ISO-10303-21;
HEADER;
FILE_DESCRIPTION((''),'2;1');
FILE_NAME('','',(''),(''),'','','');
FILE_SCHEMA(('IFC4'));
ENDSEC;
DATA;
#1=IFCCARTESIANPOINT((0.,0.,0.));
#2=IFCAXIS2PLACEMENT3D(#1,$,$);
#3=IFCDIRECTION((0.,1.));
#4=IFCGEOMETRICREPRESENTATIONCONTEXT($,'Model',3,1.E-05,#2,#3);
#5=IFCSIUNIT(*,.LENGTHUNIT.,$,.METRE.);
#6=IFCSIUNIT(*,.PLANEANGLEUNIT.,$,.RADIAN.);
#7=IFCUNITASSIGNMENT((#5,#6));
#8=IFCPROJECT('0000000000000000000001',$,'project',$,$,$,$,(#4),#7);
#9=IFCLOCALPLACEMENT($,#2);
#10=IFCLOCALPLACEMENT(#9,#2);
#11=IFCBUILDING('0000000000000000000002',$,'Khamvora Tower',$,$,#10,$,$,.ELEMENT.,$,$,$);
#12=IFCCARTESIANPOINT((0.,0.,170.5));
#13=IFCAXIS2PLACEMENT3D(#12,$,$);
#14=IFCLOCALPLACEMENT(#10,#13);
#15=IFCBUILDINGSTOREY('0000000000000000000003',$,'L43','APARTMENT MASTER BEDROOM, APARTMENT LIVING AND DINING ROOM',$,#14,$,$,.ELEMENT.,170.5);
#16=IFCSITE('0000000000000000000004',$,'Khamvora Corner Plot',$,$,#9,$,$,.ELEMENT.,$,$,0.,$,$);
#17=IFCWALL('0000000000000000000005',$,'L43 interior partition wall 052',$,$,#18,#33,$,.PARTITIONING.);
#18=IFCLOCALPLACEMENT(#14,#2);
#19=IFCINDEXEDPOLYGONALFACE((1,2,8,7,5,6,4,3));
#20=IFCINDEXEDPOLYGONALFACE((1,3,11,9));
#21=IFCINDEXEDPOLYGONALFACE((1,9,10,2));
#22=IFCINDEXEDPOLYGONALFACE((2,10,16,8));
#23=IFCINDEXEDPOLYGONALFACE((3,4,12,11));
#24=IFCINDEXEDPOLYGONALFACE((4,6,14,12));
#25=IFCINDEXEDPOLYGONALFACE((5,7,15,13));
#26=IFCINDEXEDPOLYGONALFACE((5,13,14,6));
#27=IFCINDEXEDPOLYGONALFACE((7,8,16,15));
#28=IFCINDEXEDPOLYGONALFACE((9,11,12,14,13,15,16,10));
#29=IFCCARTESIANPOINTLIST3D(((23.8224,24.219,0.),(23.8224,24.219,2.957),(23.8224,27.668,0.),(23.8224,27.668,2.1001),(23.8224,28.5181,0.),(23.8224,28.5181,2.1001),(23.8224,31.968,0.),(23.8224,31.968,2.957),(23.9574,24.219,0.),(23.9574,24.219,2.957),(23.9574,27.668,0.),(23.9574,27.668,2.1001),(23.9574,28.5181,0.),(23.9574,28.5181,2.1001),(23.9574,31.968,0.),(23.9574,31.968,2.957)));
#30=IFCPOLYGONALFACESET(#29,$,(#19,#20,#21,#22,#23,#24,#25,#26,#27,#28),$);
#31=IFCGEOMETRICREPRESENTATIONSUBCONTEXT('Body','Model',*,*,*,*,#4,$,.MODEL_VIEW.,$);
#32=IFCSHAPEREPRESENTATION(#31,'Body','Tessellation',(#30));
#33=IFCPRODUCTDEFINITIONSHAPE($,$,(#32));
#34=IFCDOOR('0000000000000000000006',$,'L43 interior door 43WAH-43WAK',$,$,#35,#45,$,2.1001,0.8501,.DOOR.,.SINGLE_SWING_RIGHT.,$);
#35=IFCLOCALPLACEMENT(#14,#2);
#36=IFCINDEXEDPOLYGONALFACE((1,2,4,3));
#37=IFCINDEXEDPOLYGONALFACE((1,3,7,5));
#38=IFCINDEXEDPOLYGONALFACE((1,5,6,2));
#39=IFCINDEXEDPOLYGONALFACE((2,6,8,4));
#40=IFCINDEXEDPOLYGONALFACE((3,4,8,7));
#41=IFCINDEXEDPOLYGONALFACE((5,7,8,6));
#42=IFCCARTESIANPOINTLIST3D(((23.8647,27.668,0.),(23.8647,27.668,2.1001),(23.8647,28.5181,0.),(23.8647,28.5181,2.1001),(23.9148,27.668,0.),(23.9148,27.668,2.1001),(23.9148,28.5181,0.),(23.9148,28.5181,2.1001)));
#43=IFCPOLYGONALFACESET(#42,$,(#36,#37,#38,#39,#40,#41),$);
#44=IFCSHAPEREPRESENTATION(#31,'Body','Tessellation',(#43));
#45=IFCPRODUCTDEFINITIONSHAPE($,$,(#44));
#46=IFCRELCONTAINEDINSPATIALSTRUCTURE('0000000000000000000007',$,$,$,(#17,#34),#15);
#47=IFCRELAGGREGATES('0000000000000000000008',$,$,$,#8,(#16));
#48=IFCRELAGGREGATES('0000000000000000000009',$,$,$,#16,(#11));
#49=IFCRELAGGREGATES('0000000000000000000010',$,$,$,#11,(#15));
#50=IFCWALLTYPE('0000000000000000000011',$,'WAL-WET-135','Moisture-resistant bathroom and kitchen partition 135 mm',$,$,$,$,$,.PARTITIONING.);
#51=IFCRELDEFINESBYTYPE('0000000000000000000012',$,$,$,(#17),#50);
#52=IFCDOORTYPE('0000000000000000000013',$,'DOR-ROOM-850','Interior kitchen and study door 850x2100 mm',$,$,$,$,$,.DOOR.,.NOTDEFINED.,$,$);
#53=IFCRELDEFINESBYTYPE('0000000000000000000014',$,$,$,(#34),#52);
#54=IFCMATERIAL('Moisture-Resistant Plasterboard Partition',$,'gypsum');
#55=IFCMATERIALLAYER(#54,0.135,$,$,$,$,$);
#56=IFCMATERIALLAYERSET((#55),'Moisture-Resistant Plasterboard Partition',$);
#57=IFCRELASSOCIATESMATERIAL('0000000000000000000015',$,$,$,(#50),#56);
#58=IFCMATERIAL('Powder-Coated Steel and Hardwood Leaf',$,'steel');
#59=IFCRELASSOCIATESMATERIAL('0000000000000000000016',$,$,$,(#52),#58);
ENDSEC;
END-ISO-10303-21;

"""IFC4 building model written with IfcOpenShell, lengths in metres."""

from ifc_helpers import new_model, si_unit, direction, frame, frame_2d, origin, place, context, subcontext, project, spatial, rectangle, extrude, material, layer, layer_set, type_object, element, fill, save


model = new_model("IFC4")

# Units and contexts
model_context = context("Model", 3, precision=1e-05, world=origin(), true_north=direction((0.0, 1.0)))
body_context = subcontext(model_context, "Body", "Model", "MODEL_VIEW")
ifc_project = project(units=[si_unit("LENGTHUNIT", "METRE"), si_unit("PLANEANGLEUNIT", "RADIAN")], contexts=[model_context])

# Site, building, storey
site_placement = place(None, origin())
site = spatial("IfcSite", under=ifc_project, at=site_placement, Name="Khamvora Corner Plot", CompositionType="ELEMENT", RefElevation=0.0)
building_placement = place(site_placement, origin())
building = spatial("IfcBuilding", under=site, at=building_placement, Name="Khamvora Tower", CompositionType="ELEMENT")
storey_placement = place(building_placement, frame((0.0, 0.0, 170.5)))
storey = spatial("IfcBuildingStorey", under=building, at=storey_placement, Name="L43", Description="APARTMENT MASTER BEDROOM, APARTMENT LIVING AND DINING ROOM", CompositionType="ELEMENT", Elevation=170.5)

# Shared definitions
ifc_material_1 = material(Name="Powder-Coated Steel and Hardwood Leaf", Category="steel")

# Wall, opening, door
ifc_material_2 = material(Name="Moisture-Resistant Plasterboard Partition", Category="gypsum")
ifc_layer_1 = layer(ifc_material_2, 0.135)
ifc_layer_set_1 = layer_set([ifc_layer_1], Name="Moisture-Resistant Plasterboard Partition")
wall_type_1 = type_object("IfcWallType", Name="WAL-WET-135", Description="Moisture-resistant bathroom and kitchen partition 135 mm", PredefinedType="PARTITIONING", material=ifc_layer_set_1)
wall_1_placement = place(storey_placement, frame((23.8899, 31.968, 0.0), z_axis=(0.0, 0.0, 1.0), x_axis=(0.0, -1.0, 0.0)))
wall_1 = element("IfcWall", 1, at=wall_1_placement, inside=storey, type_object=wall_type_1, Name="L43 interior partition wall 052", PredefinedType="PARTITIONING", context=body_context, shape_type="SweptSolid", body=[
    extrude(rectangle(XDim=7.749, YDim=0.135, at=frame_2d((3.8745, 0.0))), origin(), (0.0, 0.0, 1.0), 2.957),
])
opening_1_placement = place(wall_1_placement, frame((3.45, 0.0, 0.0)))
opening_1 = element("IfcOpeningElement", 2, at=opening_1_placement, cuts=wall_1, PredefinedType="OPENING", context=body_context, shape_type="SweptSolid", body=[
    extrude(rectangle(XDim=0.8501, YDim=2.1001, at=frame_2d((0.425, 1.05))), frame((0.0, 0.0774, 0.0), z_axis=(0.0, -1.0, 0.0), x_axis=(1.0, 0.0, 0.0)), (0.0, 0.0, 1.0), 0.155),
])
door_type_1 = type_object("IfcDoorType", Name="DOR-ROOM-850", Description="Interior kitchen and study door 850x2100 mm", OperationType="NOTDEFINED", PredefinedType="DOOR", material=ifc_material_1)
door_1_placement = place(opening_1_placement, origin())
door_1 = element("IfcDoor", 3, at=door_1_placement, inside=storey, type_object=door_type_1, Name="L43 interior door 43WAH-43WAK", OperationType="SINGLE_SWING_RIGHT", OverallHeight=2.1001, OverallWidth=0.8501, PredefinedType="DOOR", context=body_context, shape_type="SweptSolid", body=[
    extrude(rectangle(XDim=0.8501, YDim=2.1001, at=frame_2d((0.425, 1.05))), frame((0.0, 0.0249, 0.0), z_axis=(0.0, -1.0, 0.0), x_axis=(1.0, 0.0, 0.0)), (0.0, 0.0, 1.0), 0.05),
])
fill(opening_1, door_1)

save(model, "model.ifc")
